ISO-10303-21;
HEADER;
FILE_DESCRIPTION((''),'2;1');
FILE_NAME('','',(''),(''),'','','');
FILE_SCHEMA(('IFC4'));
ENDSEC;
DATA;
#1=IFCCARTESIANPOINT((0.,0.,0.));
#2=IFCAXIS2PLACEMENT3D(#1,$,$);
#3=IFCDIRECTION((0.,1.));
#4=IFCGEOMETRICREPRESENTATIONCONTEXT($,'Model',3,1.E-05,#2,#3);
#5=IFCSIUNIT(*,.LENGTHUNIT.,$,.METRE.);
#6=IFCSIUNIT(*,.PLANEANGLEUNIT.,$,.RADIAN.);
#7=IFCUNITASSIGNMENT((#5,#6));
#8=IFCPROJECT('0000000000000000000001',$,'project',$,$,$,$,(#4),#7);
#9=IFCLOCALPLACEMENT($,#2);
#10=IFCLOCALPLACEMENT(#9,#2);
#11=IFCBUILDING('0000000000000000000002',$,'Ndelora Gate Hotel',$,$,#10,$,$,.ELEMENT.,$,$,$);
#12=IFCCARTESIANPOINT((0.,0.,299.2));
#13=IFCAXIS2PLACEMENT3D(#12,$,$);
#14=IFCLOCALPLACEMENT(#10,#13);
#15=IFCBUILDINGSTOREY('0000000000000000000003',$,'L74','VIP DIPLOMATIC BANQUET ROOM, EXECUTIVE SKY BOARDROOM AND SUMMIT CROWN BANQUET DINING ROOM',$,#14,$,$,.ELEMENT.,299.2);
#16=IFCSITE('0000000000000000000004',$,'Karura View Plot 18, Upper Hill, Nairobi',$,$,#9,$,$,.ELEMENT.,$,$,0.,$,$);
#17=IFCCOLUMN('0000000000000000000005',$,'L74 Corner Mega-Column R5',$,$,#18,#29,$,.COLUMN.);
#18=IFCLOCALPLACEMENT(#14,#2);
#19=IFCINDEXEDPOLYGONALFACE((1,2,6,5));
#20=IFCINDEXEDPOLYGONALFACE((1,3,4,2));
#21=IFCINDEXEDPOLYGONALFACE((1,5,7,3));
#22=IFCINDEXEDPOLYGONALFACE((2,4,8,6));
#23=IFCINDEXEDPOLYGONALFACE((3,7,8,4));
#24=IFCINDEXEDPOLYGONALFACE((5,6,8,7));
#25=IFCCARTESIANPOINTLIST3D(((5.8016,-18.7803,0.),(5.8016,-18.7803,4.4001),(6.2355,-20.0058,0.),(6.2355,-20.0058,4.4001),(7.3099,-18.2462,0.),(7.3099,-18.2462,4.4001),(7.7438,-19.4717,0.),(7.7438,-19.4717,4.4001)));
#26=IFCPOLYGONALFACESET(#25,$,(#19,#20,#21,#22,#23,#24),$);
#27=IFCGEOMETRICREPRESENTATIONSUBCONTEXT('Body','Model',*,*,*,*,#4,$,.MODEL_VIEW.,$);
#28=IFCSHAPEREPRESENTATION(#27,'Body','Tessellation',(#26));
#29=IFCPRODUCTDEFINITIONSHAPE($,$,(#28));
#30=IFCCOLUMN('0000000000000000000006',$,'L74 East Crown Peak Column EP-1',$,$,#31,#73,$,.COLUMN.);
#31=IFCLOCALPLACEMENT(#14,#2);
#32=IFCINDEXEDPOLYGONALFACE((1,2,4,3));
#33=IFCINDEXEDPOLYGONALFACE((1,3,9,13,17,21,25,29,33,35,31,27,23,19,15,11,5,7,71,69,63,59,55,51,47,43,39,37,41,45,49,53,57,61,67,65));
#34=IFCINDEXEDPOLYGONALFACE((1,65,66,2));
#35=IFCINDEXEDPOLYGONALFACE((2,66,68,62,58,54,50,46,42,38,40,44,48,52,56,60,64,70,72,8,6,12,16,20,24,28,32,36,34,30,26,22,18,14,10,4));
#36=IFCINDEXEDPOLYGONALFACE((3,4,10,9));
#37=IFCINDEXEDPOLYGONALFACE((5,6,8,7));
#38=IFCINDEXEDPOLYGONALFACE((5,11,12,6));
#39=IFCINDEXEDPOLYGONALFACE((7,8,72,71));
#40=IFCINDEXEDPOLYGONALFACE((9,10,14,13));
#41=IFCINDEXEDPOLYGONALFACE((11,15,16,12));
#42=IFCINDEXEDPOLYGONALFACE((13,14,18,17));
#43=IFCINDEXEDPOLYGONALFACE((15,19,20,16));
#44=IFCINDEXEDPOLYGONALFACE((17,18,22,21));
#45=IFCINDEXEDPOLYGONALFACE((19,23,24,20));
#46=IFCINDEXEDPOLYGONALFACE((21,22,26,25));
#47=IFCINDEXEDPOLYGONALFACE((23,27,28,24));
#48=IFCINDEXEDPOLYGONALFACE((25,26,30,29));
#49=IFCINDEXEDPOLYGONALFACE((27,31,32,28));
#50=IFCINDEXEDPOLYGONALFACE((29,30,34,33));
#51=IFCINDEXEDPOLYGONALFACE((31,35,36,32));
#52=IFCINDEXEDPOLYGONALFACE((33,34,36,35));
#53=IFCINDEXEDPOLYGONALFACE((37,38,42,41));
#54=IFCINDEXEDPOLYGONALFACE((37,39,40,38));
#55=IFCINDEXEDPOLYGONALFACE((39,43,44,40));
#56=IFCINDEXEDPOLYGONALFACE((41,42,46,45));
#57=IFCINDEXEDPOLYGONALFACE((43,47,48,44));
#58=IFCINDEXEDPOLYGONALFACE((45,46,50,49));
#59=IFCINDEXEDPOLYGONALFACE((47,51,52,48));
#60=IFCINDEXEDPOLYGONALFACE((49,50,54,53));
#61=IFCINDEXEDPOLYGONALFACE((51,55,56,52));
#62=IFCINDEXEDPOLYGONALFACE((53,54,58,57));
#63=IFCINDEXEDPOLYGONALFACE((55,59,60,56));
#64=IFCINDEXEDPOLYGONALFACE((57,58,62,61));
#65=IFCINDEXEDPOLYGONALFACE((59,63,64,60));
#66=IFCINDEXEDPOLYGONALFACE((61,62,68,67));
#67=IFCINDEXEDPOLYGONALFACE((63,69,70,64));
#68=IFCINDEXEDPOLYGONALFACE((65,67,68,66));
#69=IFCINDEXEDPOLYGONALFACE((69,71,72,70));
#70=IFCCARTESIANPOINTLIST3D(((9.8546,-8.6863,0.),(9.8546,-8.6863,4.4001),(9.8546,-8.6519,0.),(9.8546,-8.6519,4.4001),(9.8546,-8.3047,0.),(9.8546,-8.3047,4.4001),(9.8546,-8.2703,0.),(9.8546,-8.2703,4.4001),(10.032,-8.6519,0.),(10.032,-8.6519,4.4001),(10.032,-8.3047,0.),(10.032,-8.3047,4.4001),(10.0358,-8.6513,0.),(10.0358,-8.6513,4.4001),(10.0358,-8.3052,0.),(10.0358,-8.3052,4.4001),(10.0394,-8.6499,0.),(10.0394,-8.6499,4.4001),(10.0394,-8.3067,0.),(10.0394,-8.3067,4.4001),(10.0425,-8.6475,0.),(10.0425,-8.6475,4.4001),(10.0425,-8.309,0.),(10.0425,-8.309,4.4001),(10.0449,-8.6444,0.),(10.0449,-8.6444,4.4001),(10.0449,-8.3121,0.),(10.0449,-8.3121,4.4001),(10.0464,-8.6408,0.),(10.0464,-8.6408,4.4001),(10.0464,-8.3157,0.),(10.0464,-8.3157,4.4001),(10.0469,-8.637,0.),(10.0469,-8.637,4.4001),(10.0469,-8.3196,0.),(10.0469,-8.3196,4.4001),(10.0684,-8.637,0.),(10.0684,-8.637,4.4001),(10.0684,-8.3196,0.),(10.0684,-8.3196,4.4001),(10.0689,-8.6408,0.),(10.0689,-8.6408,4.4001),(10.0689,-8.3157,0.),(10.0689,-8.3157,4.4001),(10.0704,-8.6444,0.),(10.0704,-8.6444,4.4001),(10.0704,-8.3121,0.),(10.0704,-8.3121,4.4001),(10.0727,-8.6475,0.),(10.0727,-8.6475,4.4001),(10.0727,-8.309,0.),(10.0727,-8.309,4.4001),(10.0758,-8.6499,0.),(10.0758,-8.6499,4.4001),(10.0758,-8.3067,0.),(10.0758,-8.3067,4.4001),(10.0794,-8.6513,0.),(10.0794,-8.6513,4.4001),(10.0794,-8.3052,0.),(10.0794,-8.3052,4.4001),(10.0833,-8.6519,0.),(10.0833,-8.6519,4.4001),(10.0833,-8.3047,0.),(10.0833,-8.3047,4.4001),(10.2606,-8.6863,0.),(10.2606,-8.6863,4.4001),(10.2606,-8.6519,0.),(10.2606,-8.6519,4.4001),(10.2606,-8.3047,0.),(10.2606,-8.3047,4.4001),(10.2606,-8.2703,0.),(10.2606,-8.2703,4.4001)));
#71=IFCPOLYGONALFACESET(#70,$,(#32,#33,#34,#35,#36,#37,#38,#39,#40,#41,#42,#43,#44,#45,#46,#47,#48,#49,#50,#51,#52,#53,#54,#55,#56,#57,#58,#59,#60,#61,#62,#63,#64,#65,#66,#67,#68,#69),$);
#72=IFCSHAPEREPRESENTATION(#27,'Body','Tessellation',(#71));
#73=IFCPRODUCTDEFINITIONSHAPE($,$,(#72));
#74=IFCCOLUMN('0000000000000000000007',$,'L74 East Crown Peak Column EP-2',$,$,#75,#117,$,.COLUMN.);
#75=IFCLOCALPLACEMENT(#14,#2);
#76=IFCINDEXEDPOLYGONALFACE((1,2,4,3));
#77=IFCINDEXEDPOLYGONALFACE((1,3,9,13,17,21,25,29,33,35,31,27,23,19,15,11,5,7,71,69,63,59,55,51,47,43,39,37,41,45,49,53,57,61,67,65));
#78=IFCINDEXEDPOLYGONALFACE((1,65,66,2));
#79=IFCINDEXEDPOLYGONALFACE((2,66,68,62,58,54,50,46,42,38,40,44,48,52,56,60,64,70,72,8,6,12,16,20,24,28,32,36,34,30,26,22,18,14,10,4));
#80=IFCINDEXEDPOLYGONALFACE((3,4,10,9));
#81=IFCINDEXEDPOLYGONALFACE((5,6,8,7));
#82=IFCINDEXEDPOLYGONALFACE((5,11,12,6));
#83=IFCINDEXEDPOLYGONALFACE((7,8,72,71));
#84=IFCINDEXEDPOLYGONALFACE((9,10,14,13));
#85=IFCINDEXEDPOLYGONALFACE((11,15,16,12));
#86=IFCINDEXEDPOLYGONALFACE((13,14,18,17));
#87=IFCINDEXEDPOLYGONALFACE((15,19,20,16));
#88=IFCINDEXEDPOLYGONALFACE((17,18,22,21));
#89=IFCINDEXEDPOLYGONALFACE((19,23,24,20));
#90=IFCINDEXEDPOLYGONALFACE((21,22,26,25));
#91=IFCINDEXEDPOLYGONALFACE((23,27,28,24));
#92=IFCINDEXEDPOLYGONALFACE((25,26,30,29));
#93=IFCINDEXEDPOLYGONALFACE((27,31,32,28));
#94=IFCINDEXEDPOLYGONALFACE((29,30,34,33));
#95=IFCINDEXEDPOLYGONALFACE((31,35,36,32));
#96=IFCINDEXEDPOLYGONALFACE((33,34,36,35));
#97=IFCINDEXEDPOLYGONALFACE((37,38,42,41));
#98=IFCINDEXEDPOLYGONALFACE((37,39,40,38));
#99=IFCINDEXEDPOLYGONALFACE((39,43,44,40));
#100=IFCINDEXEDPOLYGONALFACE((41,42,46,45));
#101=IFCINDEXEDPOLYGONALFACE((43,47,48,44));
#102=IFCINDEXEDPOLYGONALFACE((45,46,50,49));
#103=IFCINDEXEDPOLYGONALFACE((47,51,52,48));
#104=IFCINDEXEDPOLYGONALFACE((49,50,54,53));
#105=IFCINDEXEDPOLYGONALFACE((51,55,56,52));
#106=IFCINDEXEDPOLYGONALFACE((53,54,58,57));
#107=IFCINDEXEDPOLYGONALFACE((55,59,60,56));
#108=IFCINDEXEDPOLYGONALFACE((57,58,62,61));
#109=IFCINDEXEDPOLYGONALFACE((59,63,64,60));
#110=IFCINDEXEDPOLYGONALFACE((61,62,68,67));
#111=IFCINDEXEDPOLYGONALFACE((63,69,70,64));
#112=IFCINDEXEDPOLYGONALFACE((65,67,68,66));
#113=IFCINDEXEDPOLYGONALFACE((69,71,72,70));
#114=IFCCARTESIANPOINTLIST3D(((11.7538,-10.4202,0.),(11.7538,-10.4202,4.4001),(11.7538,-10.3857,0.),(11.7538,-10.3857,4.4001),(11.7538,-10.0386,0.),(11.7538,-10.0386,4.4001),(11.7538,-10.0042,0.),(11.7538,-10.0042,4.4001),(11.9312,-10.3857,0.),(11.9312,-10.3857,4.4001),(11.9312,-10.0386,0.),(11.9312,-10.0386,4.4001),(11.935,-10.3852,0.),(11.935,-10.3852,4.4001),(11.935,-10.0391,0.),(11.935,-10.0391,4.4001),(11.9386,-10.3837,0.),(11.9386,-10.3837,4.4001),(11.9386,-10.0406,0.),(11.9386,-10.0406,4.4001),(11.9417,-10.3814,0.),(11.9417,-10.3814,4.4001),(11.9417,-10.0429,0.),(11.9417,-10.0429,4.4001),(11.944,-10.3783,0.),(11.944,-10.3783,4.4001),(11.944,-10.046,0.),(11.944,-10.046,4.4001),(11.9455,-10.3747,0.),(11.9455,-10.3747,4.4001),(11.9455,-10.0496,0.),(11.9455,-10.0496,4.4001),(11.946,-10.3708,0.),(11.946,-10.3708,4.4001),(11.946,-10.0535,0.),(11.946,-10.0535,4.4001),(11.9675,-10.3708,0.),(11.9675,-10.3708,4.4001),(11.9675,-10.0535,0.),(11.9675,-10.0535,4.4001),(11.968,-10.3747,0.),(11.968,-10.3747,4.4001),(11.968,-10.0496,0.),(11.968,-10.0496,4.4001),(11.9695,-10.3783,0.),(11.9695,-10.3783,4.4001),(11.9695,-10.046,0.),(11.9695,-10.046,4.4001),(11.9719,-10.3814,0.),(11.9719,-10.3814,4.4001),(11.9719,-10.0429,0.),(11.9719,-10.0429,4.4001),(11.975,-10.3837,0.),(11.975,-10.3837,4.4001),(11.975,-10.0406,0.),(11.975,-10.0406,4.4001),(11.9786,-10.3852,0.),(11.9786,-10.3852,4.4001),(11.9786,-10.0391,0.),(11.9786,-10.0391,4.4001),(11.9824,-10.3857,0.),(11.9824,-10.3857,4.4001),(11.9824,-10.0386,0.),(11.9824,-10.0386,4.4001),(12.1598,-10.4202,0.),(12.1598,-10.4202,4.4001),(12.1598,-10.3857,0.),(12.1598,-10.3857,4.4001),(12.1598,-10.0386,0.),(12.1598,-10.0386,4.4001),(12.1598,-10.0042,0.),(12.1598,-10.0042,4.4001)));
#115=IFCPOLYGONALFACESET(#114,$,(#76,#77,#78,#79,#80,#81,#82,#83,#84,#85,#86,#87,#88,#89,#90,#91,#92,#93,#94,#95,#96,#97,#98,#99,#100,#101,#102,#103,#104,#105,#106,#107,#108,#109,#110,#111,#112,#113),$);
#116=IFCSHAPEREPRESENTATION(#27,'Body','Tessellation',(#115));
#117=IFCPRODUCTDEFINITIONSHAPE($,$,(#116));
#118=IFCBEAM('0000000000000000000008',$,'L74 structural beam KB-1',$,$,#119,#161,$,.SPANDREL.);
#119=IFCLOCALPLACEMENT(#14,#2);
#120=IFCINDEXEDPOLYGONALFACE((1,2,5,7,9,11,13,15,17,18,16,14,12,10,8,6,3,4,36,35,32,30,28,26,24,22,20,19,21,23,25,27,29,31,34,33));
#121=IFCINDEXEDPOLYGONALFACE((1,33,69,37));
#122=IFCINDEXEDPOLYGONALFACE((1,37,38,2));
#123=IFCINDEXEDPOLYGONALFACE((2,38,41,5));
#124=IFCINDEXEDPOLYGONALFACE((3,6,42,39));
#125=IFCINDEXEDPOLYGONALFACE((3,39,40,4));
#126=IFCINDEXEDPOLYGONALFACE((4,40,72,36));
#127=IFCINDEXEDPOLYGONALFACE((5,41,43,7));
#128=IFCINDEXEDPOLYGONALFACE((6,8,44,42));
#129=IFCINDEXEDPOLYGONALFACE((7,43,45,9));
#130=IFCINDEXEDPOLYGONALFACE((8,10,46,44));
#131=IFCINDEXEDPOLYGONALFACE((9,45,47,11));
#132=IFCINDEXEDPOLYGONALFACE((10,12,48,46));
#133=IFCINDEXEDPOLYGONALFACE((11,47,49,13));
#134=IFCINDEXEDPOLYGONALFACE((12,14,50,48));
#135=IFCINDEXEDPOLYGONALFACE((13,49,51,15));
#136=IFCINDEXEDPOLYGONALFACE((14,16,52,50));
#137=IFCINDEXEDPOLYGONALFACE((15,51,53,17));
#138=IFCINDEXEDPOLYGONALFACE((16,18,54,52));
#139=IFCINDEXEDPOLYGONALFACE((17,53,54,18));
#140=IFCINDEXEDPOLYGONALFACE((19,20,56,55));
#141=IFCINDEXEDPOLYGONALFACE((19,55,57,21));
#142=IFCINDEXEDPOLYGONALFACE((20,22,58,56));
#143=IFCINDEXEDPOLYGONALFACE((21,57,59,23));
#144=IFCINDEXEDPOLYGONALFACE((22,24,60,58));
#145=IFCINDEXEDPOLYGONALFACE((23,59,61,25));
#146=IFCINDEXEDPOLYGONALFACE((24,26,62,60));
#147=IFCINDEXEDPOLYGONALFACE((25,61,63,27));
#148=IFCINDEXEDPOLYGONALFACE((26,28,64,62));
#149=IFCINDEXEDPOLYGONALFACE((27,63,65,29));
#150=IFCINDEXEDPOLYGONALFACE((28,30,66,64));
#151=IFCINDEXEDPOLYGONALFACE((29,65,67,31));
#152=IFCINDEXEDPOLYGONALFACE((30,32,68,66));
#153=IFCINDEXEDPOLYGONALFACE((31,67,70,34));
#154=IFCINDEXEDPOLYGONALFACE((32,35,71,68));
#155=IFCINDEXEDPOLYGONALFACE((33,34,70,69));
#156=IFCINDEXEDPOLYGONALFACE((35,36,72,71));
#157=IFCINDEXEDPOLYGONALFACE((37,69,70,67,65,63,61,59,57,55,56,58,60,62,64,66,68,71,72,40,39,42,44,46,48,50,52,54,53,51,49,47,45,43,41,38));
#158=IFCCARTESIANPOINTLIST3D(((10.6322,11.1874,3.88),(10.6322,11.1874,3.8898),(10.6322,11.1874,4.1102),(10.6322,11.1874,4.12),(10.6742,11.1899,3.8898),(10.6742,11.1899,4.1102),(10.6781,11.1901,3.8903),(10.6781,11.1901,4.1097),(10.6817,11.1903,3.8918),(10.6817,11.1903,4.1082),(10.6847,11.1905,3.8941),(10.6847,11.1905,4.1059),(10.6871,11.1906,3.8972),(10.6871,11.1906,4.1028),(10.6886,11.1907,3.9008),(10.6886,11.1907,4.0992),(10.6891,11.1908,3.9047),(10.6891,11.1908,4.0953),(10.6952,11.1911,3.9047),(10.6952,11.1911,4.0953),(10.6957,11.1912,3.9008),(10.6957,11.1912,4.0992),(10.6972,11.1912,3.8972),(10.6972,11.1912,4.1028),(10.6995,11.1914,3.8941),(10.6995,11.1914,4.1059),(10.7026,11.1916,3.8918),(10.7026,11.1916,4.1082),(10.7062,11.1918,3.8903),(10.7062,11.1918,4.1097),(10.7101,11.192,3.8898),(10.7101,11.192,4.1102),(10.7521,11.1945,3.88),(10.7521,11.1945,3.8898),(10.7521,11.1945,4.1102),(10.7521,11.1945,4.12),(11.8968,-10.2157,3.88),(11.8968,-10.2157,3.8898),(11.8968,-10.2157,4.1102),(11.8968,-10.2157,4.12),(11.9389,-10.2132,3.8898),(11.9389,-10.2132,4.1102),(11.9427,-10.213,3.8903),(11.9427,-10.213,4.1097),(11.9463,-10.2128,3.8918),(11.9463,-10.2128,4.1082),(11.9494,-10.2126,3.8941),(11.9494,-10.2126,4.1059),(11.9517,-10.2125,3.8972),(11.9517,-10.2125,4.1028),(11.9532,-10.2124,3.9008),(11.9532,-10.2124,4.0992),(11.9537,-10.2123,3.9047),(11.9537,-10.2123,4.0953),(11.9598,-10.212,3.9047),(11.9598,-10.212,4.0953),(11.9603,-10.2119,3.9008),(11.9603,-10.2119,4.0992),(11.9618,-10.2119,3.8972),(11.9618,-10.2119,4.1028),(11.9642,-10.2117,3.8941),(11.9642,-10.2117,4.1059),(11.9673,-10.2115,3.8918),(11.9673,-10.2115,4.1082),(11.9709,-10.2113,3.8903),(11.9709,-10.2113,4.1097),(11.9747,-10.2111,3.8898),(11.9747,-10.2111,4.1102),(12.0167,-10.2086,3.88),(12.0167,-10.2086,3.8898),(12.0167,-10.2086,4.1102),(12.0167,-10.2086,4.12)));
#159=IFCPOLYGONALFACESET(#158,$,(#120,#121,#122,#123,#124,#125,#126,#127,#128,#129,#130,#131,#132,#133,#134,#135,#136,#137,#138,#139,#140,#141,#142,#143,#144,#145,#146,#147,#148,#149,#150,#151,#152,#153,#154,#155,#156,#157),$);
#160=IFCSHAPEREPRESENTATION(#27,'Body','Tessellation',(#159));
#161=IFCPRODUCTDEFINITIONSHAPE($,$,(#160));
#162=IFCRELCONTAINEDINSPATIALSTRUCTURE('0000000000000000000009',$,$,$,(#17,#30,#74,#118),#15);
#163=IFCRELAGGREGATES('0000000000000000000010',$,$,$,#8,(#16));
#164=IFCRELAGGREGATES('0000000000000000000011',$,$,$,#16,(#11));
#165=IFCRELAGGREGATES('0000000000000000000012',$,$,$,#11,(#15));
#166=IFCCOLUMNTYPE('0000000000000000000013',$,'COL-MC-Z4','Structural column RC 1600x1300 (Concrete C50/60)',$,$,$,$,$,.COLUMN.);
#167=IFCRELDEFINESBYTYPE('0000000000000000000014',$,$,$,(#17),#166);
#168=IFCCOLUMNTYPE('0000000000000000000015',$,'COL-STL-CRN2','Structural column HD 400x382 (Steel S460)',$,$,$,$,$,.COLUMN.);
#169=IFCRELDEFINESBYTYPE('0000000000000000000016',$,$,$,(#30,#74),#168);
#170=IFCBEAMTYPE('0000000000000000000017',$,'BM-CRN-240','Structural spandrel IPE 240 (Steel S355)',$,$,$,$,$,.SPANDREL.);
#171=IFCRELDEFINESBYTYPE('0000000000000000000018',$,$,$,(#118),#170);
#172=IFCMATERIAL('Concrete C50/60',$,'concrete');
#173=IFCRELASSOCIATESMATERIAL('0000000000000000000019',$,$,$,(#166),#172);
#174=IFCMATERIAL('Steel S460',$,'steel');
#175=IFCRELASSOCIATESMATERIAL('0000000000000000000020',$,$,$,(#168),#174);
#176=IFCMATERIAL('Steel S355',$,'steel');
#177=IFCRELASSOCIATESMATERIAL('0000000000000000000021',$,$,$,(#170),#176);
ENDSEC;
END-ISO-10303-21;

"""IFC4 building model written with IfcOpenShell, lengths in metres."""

from ifc_helpers import new_model, si_unit, direction, frame, origin, origin_2d, place, context, subcontext, project, spatial, rectangle, i_section, extrude, material, material_profile, profile_set, type_object, element, save


model = new_model("IFC4")

# Units and contexts
model_context = context("Model", 3, precision=1e-05, world=origin(), true_north=direction((0.0, 1.0)))
body_context = subcontext(model_context, "Body", "Model", "MODEL_VIEW")
ifc_project = project(units=[si_unit("LENGTHUNIT", "METRE"), si_unit("PLANEANGLEUNIT", "RADIAN")], contexts=[model_context])

# Site, building, storey
site_placement = place(None, origin())
site = spatial("IfcSite", under=ifc_project, at=site_placement, Name="Karura View Plot 18, Upper Hill, Nairobi", CompositionType="ELEMENT", RefElevation=0.0)
building_placement = place(site_placement, origin())
building = spatial("IfcBuilding", under=site, at=building_placement, Name="Ndelora Gate Hotel", CompositionType="ELEMENT")
storey_placement = place(building_placement, frame((0.0, 0.0, 299.2)))
storey = spatial("IfcBuildingStorey", under=building, at=storey_placement, Name="L74", Description="VIP DIPLOMATIC BANQUET ROOM, EXECUTIVE SKY BOARDROOM AND SUMMIT CROWN BANQUET DINING ROOM", CompositionType="ELEMENT", Elevation=299.2)

# Columns
ifc_material_1 = material(Name="Concrete C50/60", Category="concrete")
ifc_material_profile_1 = material_profile(ifc_material_1, rectangle(XDim=1.3, YDim=1.6001, at=origin_2d()), Name="RC 1600x1300")
ifc_profile_set_1 = profile_set([ifc_material_profile_1], Name="Concrete C50/60")
column_type_1 = type_object("IfcColumnType", Name="COL-MC-Z4", Description="Structural column RC 1600x1300 (Concrete C50/60)", PredefinedType="COLUMN", material=ifc_profile_set_1)
column_placement = place(storey_placement, frame((6.7727, -19.126, 0.0), z_axis=(0.0, 0.0, 1.0), x_axis=(-0.333807, 0.942641, 0.0)))
element("IfcColumn", 1, at=column_placement, inside=storey, type_object=column_type_1, Name="L74 Corner Mega-Column R5", PredefinedType="COLUMN", context=body_context, shape_type="SweptSolid", body=[
    extrude(rectangle(XDim=1.3, YDim=1.6001, at=origin_2d()), origin(), (0.0, 0.0, 1.0), 4.4001),
])
ifc_material_2 = material(Name="Steel S460", Category="steel")
ifc_material_profile_2 = material_profile(ifc_material_2, i_section(OverallWidth=0.406, OverallDepth=0.416, WebThickness=0.0215, FlangeThickness=0.0344, FilletRadius=0.0149, at=origin_2d()), Name="HD 400x382")
ifc_profile_set_2 = profile_set([ifc_material_profile_2], Name="Steel S460")
column_type_2 = type_object("IfcColumnType", Name="COL-STL-CRN2", Description="Structural column HD 400x382 (Steel S460)", PredefinedType="COLUMN", material=ifc_profile_set_2)
for number, where, z_axis, x_axis, name in (
    (2, (10.0576, -8.4783, 0.0), (0.0, 0.0, 1.0), (1.0, 0.0, 0.0), "L74 East Crown Peak Column EP-1"),
    (3, (11.9568, -10.2122, 0.0), (0.0, 0.0, 1.0), (1.0, 0.0, 0.0), "L74 East Crown Peak Column EP-2"),
):
    element("IfcColumn", number, at=place(storey_placement, frame(where, z_axis=z_axis, x_axis=x_axis)), inside=storey, type_object=column_type_2, Name=name, PredefinedType="COLUMN", context=body_context, shape_type="SweptSolid", body=[
        extrude(i_section(OverallWidth=0.406, OverallDepth=0.416, WebThickness=0.0215, FlangeThickness=0.0344, FilletRadius=0.0149, at=origin_2d()), origin(), (0.0, 0.0, 1.0), 4.4001),
    ])

# Beam
ifc_material_3 = material(Name="Steel S355", Category="steel")
ifc_material_profile_3 = material_profile(ifc_material_3, i_section(OverallWidth=0.1201, OverallDepth=0.24, WebThickness=0.0061, FlangeThickness=0.0098, FilletRadius=0.0149, at=origin_2d()), Name="IPE 240")
ifc_profile_set_3 = profile_set([ifc_material_profile_3], Name="Steel S355")
beam_type_1 = type_object("IfcBeamType", Name="BM-CRN-240", Description="Structural spandrel IPE 240 (Steel S355)", PredefinedType="SPANDREL", material=ifc_profile_set_3)
beam_1_placement = place(storey_placement, frame((11.9568, -10.2122, 4.0), z_axis=(-0.058984, 0.998259, 0.0), x_axis=(-0.998259, -0.058984, 0.0)))
element("IfcBeam", 4, at=beam_1_placement, inside=storey, type_object=beam_type_1, Name="L74 structural beam KB-1", PredefinedType="SPANDREL", context=body_context, shape_type="SweptSolid", body=[
    extrude(i_section(OverallWidth=0.1201, OverallDepth=0.24, WebThickness=0.0061, FlangeThickness=0.0098, FilletRadius=0.0149, at=origin_2d()), origin(), (0.0, 0.0, 1.0), 21.4404),
])

save(model, "model.ifc")
